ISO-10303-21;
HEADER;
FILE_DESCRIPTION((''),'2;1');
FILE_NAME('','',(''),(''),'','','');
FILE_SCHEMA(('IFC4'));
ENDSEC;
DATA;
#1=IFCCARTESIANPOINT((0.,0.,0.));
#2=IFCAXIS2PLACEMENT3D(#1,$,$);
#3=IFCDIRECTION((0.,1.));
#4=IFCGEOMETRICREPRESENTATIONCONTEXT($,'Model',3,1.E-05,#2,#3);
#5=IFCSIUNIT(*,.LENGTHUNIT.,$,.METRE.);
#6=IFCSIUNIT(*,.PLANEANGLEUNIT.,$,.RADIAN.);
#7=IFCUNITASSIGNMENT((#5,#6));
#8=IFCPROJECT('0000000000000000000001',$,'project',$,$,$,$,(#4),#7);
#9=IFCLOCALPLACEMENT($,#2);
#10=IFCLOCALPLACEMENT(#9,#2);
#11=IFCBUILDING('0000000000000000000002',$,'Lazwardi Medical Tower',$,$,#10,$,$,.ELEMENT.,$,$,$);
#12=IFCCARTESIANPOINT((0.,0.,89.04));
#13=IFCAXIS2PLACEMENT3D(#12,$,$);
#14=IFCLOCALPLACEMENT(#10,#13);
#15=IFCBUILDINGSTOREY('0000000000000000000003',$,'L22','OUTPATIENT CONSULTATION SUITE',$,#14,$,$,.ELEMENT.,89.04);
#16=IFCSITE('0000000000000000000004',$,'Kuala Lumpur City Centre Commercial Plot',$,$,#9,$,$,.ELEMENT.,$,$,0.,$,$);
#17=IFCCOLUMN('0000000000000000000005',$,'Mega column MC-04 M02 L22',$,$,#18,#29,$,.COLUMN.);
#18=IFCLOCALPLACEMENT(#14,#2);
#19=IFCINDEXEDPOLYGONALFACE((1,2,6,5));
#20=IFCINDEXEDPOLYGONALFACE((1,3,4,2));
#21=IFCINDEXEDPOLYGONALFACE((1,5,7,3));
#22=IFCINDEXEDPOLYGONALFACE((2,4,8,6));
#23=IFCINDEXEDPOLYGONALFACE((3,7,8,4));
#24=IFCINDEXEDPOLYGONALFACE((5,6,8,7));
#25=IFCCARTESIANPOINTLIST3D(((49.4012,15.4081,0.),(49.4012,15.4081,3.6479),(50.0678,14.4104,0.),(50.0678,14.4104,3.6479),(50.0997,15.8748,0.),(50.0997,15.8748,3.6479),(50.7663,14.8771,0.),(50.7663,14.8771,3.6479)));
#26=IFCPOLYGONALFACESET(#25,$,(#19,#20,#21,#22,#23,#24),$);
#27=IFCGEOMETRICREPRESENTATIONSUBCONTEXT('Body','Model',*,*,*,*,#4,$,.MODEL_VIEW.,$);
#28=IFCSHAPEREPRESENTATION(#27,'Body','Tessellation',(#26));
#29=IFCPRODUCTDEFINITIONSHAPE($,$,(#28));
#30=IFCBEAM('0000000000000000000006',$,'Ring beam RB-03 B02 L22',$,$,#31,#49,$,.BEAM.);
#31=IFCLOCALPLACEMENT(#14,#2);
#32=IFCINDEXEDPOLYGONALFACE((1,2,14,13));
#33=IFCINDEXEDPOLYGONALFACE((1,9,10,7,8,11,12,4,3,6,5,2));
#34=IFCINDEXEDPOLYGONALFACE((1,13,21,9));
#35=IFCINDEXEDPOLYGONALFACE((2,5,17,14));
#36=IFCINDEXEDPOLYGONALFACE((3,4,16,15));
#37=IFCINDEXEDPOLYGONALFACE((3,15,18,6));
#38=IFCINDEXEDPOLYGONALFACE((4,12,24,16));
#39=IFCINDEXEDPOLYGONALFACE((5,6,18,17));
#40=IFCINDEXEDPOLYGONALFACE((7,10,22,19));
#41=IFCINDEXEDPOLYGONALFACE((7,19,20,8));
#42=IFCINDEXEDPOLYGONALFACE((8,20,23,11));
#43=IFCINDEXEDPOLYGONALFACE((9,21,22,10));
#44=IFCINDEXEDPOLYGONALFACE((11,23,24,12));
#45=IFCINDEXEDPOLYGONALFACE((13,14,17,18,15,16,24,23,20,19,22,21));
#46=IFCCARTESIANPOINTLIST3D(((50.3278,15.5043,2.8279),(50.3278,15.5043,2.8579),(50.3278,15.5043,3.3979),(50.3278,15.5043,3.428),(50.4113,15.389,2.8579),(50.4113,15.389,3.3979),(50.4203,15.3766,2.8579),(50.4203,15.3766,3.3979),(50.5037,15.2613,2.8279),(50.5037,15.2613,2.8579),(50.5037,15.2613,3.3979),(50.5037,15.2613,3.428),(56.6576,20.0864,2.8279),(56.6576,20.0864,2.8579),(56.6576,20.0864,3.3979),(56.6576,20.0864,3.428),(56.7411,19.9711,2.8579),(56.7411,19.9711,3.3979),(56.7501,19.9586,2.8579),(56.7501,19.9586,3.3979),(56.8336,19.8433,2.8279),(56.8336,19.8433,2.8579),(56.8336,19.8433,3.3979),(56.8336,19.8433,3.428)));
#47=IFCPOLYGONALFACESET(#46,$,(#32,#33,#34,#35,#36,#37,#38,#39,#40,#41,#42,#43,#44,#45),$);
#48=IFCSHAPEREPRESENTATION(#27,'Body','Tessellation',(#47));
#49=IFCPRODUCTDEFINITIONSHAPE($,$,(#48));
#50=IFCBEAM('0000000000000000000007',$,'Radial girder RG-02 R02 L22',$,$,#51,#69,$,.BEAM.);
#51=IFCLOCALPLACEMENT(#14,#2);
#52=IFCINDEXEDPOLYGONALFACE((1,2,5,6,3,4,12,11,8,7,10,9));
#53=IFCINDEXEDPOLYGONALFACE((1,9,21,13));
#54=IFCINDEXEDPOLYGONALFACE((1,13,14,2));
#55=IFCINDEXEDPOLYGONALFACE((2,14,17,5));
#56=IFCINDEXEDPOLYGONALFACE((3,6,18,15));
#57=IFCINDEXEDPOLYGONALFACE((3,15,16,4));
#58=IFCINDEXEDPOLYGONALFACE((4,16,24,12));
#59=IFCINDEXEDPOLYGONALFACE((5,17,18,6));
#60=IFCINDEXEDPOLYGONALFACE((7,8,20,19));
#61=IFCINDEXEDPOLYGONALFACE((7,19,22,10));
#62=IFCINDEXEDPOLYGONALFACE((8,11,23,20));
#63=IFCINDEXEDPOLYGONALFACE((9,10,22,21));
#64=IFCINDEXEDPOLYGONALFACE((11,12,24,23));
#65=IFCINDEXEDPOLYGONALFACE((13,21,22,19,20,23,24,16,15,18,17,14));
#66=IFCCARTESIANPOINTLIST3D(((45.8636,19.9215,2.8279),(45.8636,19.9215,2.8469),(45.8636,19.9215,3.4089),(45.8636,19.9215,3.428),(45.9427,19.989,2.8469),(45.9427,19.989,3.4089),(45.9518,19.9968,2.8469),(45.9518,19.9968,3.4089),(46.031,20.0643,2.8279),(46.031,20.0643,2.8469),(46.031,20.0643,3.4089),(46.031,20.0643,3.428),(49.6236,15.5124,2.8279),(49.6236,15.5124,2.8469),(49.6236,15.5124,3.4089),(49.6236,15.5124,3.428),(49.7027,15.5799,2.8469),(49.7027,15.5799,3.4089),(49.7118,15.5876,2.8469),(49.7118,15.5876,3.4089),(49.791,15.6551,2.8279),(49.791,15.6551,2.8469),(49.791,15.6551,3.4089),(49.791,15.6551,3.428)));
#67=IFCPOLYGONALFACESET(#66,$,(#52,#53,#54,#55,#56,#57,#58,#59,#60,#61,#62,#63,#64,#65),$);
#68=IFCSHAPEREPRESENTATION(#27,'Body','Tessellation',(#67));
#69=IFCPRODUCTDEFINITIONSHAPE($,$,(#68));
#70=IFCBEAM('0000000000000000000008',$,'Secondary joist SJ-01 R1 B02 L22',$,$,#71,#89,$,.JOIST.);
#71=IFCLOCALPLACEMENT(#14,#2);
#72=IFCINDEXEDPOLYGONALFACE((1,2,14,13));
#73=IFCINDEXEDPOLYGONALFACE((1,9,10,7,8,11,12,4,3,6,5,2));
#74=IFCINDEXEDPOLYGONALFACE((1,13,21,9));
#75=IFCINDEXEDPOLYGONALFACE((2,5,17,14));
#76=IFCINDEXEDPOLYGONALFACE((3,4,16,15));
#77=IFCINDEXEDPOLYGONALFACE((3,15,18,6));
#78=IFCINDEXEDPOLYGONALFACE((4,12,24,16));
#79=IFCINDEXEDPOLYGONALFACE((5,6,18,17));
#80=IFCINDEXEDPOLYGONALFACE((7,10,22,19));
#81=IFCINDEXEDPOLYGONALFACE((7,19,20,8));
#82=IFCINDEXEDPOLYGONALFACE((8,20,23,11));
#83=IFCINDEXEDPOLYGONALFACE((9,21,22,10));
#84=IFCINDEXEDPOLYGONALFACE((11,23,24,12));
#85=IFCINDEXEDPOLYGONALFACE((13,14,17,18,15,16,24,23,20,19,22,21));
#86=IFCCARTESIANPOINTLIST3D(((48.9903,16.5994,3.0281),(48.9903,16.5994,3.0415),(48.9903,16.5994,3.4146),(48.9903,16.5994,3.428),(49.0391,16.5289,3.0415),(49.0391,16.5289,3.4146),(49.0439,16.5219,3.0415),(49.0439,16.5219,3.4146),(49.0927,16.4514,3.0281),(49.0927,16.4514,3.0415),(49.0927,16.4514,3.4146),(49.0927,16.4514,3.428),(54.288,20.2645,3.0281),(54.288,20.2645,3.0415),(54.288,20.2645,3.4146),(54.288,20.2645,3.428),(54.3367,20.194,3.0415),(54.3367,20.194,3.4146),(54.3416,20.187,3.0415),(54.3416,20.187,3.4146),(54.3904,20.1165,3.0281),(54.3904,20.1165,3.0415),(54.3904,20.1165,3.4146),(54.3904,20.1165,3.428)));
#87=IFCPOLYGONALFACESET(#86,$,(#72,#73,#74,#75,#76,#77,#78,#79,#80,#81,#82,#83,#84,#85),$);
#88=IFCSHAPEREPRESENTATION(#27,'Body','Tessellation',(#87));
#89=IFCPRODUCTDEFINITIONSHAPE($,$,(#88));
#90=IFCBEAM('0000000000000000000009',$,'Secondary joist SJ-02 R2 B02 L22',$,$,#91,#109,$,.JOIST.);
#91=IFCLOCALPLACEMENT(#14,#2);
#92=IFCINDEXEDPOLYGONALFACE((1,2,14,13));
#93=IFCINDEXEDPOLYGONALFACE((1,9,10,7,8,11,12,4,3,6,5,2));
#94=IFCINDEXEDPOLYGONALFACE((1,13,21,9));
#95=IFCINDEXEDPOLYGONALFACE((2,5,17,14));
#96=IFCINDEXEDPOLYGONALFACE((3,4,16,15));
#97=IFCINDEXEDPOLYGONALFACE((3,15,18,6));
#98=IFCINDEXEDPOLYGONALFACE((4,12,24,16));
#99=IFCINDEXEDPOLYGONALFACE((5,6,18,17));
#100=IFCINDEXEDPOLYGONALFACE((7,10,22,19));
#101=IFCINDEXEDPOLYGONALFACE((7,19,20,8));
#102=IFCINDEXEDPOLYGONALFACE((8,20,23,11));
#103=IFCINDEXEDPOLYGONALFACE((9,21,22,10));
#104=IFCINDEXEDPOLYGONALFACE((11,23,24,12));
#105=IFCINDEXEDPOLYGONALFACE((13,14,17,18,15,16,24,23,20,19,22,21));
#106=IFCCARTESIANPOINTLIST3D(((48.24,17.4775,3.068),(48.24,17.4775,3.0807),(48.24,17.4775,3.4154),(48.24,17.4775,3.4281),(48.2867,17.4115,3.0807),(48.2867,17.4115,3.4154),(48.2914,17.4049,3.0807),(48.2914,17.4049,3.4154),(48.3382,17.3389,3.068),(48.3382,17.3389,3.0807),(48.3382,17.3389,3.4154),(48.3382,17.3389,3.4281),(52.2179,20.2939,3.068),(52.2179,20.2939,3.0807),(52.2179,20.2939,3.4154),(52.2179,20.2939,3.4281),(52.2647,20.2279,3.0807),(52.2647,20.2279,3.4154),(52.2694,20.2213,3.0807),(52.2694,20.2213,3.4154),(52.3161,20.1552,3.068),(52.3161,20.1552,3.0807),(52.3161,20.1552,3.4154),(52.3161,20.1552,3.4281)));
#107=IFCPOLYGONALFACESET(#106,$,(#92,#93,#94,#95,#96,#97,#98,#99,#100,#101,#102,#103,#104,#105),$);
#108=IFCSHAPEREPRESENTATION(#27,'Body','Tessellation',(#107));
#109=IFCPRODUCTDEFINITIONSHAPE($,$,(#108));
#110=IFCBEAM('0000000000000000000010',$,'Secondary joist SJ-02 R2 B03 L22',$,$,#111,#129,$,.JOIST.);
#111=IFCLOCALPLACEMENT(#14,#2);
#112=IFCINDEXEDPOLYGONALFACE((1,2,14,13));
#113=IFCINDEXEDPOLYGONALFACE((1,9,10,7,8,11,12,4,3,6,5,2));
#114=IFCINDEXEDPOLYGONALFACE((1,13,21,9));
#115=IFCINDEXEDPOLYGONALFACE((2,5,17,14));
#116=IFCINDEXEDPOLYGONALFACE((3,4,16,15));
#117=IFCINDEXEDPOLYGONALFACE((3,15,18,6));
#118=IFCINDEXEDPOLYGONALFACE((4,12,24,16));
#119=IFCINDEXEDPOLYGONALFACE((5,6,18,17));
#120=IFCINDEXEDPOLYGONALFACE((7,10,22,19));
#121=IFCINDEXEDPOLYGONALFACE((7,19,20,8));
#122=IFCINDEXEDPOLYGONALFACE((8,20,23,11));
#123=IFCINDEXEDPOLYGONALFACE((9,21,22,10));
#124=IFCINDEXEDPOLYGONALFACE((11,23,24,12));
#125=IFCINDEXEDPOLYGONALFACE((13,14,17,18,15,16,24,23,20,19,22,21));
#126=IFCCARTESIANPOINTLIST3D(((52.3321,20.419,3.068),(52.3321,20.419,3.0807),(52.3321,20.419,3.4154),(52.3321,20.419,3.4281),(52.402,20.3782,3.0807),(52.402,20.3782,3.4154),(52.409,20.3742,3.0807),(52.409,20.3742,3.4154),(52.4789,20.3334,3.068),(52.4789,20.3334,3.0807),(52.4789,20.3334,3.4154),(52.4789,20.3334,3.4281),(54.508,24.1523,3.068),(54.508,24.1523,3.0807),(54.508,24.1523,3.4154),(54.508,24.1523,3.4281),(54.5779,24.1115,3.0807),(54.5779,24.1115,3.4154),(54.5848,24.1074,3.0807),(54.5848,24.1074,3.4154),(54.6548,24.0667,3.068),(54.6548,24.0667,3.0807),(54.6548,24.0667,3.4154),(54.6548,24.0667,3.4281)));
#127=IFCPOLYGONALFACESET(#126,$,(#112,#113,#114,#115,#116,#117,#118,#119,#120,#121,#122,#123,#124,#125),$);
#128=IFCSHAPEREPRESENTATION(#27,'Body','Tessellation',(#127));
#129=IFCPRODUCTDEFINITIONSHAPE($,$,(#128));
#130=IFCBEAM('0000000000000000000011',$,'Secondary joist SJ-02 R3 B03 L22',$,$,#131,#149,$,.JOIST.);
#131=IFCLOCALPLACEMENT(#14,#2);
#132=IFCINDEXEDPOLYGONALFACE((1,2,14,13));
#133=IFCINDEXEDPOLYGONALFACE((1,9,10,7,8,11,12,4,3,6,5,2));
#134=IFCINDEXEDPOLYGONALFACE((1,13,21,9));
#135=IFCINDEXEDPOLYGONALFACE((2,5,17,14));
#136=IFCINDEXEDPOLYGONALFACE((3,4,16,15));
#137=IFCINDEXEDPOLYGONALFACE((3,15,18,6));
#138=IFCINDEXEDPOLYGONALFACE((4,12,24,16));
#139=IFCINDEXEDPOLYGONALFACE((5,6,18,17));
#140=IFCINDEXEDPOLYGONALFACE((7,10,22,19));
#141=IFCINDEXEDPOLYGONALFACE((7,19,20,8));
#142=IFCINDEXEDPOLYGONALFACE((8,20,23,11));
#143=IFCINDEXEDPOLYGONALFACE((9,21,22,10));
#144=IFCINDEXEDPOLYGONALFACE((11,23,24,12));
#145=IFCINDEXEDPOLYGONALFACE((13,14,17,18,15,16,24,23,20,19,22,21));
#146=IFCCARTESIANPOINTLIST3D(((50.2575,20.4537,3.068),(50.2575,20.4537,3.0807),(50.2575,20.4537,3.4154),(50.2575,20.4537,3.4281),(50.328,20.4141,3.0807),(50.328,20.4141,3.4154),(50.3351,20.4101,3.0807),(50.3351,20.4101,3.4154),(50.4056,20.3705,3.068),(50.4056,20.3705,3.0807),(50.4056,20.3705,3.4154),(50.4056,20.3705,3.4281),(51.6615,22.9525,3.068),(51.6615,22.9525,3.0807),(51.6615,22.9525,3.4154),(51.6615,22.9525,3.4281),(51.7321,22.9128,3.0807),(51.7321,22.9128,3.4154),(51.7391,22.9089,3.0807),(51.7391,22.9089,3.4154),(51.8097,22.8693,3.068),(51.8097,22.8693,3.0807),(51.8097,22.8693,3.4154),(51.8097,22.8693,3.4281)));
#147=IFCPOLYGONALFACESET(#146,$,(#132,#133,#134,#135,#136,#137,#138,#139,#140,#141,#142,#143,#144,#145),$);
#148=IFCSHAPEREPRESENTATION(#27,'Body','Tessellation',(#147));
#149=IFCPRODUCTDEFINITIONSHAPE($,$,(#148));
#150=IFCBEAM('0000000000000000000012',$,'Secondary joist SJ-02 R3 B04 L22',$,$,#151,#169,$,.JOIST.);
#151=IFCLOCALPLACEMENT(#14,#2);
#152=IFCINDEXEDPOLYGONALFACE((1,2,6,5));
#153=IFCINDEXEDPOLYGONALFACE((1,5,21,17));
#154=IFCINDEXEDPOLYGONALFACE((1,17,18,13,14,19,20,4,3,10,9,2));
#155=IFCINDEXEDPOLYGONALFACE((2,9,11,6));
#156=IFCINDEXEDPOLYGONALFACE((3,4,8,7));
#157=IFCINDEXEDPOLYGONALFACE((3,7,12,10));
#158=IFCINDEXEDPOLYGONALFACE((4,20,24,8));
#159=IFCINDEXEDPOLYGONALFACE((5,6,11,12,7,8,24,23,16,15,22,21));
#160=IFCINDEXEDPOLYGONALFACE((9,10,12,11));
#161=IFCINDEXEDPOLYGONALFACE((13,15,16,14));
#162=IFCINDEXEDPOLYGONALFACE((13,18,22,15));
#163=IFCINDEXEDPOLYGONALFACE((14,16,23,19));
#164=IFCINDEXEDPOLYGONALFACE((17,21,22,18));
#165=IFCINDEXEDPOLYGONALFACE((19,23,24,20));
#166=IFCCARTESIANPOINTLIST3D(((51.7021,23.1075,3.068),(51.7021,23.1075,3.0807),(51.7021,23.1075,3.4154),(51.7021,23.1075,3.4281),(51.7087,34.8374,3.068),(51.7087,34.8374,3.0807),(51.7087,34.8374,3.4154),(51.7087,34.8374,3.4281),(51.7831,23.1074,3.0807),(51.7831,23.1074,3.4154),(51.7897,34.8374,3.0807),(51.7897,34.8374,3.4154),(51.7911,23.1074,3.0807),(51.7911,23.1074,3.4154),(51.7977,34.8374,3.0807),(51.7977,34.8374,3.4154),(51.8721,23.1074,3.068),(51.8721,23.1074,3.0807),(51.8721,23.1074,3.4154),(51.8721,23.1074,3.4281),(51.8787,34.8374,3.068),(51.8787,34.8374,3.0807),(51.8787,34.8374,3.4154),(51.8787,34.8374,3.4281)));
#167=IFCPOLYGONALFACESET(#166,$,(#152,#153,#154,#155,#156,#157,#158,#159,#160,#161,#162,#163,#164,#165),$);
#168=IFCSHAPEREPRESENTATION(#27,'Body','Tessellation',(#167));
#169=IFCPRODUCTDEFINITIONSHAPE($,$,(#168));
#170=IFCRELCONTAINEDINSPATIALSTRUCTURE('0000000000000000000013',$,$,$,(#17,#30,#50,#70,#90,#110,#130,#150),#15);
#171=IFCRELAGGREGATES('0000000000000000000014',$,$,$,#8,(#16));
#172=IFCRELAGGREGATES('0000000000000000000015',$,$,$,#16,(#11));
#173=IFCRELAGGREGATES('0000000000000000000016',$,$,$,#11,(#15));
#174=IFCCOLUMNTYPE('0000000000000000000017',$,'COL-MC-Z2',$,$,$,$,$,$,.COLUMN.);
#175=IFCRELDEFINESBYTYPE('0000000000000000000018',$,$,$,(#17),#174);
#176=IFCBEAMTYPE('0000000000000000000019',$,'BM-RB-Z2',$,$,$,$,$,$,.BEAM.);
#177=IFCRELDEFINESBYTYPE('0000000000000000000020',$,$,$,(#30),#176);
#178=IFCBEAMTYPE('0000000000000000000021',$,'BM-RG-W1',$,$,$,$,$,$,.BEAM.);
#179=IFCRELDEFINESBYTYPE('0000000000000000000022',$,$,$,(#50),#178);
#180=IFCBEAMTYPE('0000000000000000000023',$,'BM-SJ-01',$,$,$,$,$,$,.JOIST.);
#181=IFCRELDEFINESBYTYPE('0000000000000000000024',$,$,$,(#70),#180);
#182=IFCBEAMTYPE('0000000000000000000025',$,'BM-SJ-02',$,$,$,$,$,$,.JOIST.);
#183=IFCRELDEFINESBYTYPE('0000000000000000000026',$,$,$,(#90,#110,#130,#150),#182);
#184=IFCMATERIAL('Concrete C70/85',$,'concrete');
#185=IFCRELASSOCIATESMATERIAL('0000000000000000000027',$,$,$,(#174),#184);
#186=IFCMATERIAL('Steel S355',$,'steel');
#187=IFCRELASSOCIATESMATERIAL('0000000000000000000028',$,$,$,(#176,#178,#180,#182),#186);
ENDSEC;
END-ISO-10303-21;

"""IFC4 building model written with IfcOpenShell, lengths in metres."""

from ifc_helpers import new_model, si_unit, direction, frame, origin, origin_2d, place, context, subcontext, project, spatial, rectangle, i_section, extrude, material, material_profile, profile_set, type_object, element, save


model = new_model("IFC4")

# Units and contexts
model_context = context("Model", 3, precision=1e-05, world=origin(), true_north=direction((0.0, 1.0)))
body_context = subcontext(model_context, "Body", "Model", "MODEL_VIEW")
ifc_project = project(units=[si_unit("LENGTHUNIT", "METRE"), si_unit("PLANEANGLEUNIT", "RADIAN")], contexts=[model_context])

# Site, building, storey
site_placement = place(None, origin())
site = spatial("IfcSite", under=ifc_project, at=site_placement, Name="Kuala Lumpur City Centre Commercial Plot", CompositionType="ELEMENT", RefElevation=0.0)
building_placement = place(site_placement, origin())
building = spatial("IfcBuilding", under=site, at=building_placement, Name="Lazwardi Medical Tower", CompositionType="ELEMENT")
storey_placement = place(building_placement, frame((0.0, 0.0, 89.04)))
storey = spatial("IfcBuildingStorey", under=building, at=storey_placement, Name="L22", Description="OUTPATIENT CONSULTATION SUITE", CompositionType="ELEMENT", Elevation=89.04)

# Column
ifc_material_1 = material(Name="Concrete C70/85", Category="concrete")
ifc_material_profile_1 = material_profile(ifc_material_1, rectangle(XDim=1.2, YDim=0.8401, at=origin_2d()), Name="CFT-RECT 1200x840")
ifc_profile_set_1 = profile_set([ifc_material_profile_1], Name="Concrete C70/85")
column_type = type_object("IfcColumnType", Name="COL-MC-Z2", PredefinedType="COLUMN", material=ifc_profile_set_1)
column_placement = place(storey_placement, frame((50.0837, 15.1426, 0.0), z_axis=(0.0, 0.0, 1.0), x_axis=(0.55557, -0.83147, 0.0)))
element("IfcColumn", 1, at=column_placement, inside=storey, type_object=column_type, Name="Mega column MC-04 M02 L22", PredefinedType="COLUMN", context=body_context, shape_type="SweptSolid", body=[
    extrude(rectangle(XDim=1.2, YDim=0.8401, at=origin_2d()), origin(), (0.0, 0.0, 1.0), 3.6479),
])

# Beams
ifc_material_2 = material(Name="Steel S355", Category="steel")
ifc_material_profile_2 = material_profile(ifc_material_2, i_section(OverallWidth=0.3, OverallDepth=0.6001, WebThickness=0.0154, FlangeThickness=0.03, at=origin_2d()), Name="HEB 600")
ifc_profile_set_2 = profile_set([ifc_material_profile_2], Name="Steel S355")
beam_type_1 = type_object("IfcBeamType", Name="BM-RB-Z2", PredefinedType="BEAM", material=ifc_profile_set_2)
beam_1_placement = place(storey_placement, frame((50.4158, 15.3828, 3.1279), z_axis=(0.810042, 0.586372, 0.0), x_axis=(-0.586372, 0.810042, 0.0)))
element("IfcBeam", 2, at=beam_1_placement, inside=storey, type_object=beam_type_1, Name="Ring beam RB-03 B02 L22", PredefinedType="BEAM", context=body_context, shape_type="SweptSolid", body=[
    extrude(i_section(OverallWidth=0.3, OverallDepth=0.6001, WebThickness=0.0154, FlangeThickness=0.03, at=origin_2d()), origin(), (0.0, 0.0, 1.0), 7.8142),
])
ifc_material_profile_3 = material_profile(ifc_material_2, i_section(OverallWidth=0.22, OverallDepth=0.6001, WebThickness=0.012, FlangeThickness=0.019, at=origin_2d()), Name="IPE 600")
ifc_profile_set_3 = profile_set([ifc_material_profile_3], Name="Steel S355")
beam_type_2 = type_object("IfcBeamType", Name="BM-RG-W1", PredefinedType="BEAM", material=ifc_profile_set_3)
beam_2_placement = place(storey_placement, frame((49.7073, 15.5837, 3.1279), z_axis=(-0.648871, 0.760899, 0.0), x_axis=(-0.760899, -0.648871, 0.0)))
element("IfcBeam", 3, at=beam_2_placement, inside=storey, type_object=beam_type_2, Name="Radial girder RG-02 R02 L22", PredefinedType="BEAM", context=body_context, shape_type="SweptSolid", body=[
    extrude(i_section(OverallWidth=0.22, OverallDepth=0.6001, WebThickness=0.012, FlangeThickness=0.019, at=origin_2d()), origin(), (0.0, 0.0, 1.0), 5.7947),
])
ifc_material_profile_4 = material_profile(ifc_material_2, i_section(OverallWidth=0.1799, OverallDepth=0.3999, WebThickness=0.0085, FlangeThickness=0.0134, at=origin_2d()), Name="IPE 400")
ifc_profile_set_4 = profile_set([ifc_material_profile_4], Name="Steel S355")
beam_type_3 = type_object("IfcBeamType", Name="BM-SJ-01", PredefinedType="JOIST", material=ifc_profile_set_4)
beam_3_placement = place(storey_placement, frame((49.0415, 16.5254, 3.228), z_axis=(0.822376, 0.568944, 0.0), x_axis=(-0.568944, 0.822376, 0.0)))
element("IfcBeam", 4, at=beam_3_placement, inside=storey, type_object=beam_type_3, Name="Secondary joist SJ-01 R1 B02 L22", PredefinedType="JOIST", context=body_context, shape_type="SweptSolid", body=[
    extrude(i_section(OverallWidth=0.1799, OverallDepth=0.3999, WebThickness=0.0085, FlangeThickness=0.0134, at=origin_2d()), origin(), (0.0, 0.0, 1.0), 6.4419),
])
ifc_material_profile_5 = material_profile(ifc_material_2, i_section(OverallWidth=0.1699, OverallDepth=0.3601, WebThickness=0.0081, FlangeThickness=0.0127, at=origin_2d()), Name="IPE 360")
ifc_profile_set_5 = profile_set([ifc_material_profile_5], Name="Steel S355")
beam_type_4 = type_object("IfcBeamType", Name="BM-SJ-02", PredefinedType="JOIST", material=ifc_profile_set_5)
beam_4_placement = place(storey_placement, frame((48.2891, 17.4082, 3.248), z_axis=(0.816156, 0.577831, 0.0), x_axis=(-0.577831, 0.816156, 0.0)))
element("IfcBeam", 5, at=beam_4_placement, inside=storey, type_object=beam_type_4, Name="Secondary joist SJ-02 R2 B02 L22", PredefinedType="JOIST", context=body_context, shape_type="SweptSolid", body=[
    extrude(i_section(OverallWidth=0.1699, OverallDepth=0.3601, WebThickness=0.0081, FlangeThickness=0.0127, at=origin_2d()), origin(), (0.0, 0.0, 1.0), 4.874),
])
beam_5_placement = place(storey_placement, frame((52.4055, 20.3762, 3.248), z_axis=(0.503544, 0.863969, 0.0), x_axis=(-0.863969, 0.503544, 0.0)))
element("IfcBeam", 6, at=beam_5_placement, inside=storey, type_object=beam_type_4, Name="Secondary joist SJ-02 R2 B03 L22", PredefinedType="JOIST", context=body_context, shape_type="SweptSolid", body=[
    extrude(i_section(OverallWidth=0.1699, OverallDepth=0.3601, WebThickness=0.0081, FlangeThickness=0.0127, at=origin_2d()), origin(), (0.0, 0.0, 1.0), 4.321),
])
beam_6_placement = place(storey_placement, frame((50.3315, 20.4121, 3.248), z_axis=(0.489861, 0.871801, 0.0), x_axis=(-0.871801, 0.489861, 0.0)))
element("IfcBeam", 7, at=beam_6_placement, inside=storey, type_object=beam_type_4, Name="Secondary joist SJ-02 R3 B03 L22", PredefinedType="JOIST", context=body_context, shape_type="SweptSolid", body=[
    extrude(i_section(OverallWidth=0.1699, OverallDepth=0.3601, WebThickness=0.0081, FlangeThickness=0.0127, at=origin_2d()), origin(), (0.0, 0.0, 1.0), 2.8662),
])
beam_7_placement = place(storey_placement, frame((51.7871, 23.1074, 3.248), z_axis=(0.000562, 1.0, 0.0), x_axis=(-1.0, 0.000562, 0.0)))
element("IfcBeam", 8, at=beam_7_placement, inside=storey, type_object=beam_type_4, Name="Secondary joist SJ-02 R3 B04 L22", PredefinedType="JOIST", context=body_context, shape_type="SweptSolid", body=[
    extrude(i_section(OverallWidth=0.1699, OverallDepth=0.3601, WebThickness=0.0081, FlangeThickness=0.0127, at=origin_2d()), origin(), (0.0, 0.0, 1.0), 11.73),
])

save(model, "model.ifc")
